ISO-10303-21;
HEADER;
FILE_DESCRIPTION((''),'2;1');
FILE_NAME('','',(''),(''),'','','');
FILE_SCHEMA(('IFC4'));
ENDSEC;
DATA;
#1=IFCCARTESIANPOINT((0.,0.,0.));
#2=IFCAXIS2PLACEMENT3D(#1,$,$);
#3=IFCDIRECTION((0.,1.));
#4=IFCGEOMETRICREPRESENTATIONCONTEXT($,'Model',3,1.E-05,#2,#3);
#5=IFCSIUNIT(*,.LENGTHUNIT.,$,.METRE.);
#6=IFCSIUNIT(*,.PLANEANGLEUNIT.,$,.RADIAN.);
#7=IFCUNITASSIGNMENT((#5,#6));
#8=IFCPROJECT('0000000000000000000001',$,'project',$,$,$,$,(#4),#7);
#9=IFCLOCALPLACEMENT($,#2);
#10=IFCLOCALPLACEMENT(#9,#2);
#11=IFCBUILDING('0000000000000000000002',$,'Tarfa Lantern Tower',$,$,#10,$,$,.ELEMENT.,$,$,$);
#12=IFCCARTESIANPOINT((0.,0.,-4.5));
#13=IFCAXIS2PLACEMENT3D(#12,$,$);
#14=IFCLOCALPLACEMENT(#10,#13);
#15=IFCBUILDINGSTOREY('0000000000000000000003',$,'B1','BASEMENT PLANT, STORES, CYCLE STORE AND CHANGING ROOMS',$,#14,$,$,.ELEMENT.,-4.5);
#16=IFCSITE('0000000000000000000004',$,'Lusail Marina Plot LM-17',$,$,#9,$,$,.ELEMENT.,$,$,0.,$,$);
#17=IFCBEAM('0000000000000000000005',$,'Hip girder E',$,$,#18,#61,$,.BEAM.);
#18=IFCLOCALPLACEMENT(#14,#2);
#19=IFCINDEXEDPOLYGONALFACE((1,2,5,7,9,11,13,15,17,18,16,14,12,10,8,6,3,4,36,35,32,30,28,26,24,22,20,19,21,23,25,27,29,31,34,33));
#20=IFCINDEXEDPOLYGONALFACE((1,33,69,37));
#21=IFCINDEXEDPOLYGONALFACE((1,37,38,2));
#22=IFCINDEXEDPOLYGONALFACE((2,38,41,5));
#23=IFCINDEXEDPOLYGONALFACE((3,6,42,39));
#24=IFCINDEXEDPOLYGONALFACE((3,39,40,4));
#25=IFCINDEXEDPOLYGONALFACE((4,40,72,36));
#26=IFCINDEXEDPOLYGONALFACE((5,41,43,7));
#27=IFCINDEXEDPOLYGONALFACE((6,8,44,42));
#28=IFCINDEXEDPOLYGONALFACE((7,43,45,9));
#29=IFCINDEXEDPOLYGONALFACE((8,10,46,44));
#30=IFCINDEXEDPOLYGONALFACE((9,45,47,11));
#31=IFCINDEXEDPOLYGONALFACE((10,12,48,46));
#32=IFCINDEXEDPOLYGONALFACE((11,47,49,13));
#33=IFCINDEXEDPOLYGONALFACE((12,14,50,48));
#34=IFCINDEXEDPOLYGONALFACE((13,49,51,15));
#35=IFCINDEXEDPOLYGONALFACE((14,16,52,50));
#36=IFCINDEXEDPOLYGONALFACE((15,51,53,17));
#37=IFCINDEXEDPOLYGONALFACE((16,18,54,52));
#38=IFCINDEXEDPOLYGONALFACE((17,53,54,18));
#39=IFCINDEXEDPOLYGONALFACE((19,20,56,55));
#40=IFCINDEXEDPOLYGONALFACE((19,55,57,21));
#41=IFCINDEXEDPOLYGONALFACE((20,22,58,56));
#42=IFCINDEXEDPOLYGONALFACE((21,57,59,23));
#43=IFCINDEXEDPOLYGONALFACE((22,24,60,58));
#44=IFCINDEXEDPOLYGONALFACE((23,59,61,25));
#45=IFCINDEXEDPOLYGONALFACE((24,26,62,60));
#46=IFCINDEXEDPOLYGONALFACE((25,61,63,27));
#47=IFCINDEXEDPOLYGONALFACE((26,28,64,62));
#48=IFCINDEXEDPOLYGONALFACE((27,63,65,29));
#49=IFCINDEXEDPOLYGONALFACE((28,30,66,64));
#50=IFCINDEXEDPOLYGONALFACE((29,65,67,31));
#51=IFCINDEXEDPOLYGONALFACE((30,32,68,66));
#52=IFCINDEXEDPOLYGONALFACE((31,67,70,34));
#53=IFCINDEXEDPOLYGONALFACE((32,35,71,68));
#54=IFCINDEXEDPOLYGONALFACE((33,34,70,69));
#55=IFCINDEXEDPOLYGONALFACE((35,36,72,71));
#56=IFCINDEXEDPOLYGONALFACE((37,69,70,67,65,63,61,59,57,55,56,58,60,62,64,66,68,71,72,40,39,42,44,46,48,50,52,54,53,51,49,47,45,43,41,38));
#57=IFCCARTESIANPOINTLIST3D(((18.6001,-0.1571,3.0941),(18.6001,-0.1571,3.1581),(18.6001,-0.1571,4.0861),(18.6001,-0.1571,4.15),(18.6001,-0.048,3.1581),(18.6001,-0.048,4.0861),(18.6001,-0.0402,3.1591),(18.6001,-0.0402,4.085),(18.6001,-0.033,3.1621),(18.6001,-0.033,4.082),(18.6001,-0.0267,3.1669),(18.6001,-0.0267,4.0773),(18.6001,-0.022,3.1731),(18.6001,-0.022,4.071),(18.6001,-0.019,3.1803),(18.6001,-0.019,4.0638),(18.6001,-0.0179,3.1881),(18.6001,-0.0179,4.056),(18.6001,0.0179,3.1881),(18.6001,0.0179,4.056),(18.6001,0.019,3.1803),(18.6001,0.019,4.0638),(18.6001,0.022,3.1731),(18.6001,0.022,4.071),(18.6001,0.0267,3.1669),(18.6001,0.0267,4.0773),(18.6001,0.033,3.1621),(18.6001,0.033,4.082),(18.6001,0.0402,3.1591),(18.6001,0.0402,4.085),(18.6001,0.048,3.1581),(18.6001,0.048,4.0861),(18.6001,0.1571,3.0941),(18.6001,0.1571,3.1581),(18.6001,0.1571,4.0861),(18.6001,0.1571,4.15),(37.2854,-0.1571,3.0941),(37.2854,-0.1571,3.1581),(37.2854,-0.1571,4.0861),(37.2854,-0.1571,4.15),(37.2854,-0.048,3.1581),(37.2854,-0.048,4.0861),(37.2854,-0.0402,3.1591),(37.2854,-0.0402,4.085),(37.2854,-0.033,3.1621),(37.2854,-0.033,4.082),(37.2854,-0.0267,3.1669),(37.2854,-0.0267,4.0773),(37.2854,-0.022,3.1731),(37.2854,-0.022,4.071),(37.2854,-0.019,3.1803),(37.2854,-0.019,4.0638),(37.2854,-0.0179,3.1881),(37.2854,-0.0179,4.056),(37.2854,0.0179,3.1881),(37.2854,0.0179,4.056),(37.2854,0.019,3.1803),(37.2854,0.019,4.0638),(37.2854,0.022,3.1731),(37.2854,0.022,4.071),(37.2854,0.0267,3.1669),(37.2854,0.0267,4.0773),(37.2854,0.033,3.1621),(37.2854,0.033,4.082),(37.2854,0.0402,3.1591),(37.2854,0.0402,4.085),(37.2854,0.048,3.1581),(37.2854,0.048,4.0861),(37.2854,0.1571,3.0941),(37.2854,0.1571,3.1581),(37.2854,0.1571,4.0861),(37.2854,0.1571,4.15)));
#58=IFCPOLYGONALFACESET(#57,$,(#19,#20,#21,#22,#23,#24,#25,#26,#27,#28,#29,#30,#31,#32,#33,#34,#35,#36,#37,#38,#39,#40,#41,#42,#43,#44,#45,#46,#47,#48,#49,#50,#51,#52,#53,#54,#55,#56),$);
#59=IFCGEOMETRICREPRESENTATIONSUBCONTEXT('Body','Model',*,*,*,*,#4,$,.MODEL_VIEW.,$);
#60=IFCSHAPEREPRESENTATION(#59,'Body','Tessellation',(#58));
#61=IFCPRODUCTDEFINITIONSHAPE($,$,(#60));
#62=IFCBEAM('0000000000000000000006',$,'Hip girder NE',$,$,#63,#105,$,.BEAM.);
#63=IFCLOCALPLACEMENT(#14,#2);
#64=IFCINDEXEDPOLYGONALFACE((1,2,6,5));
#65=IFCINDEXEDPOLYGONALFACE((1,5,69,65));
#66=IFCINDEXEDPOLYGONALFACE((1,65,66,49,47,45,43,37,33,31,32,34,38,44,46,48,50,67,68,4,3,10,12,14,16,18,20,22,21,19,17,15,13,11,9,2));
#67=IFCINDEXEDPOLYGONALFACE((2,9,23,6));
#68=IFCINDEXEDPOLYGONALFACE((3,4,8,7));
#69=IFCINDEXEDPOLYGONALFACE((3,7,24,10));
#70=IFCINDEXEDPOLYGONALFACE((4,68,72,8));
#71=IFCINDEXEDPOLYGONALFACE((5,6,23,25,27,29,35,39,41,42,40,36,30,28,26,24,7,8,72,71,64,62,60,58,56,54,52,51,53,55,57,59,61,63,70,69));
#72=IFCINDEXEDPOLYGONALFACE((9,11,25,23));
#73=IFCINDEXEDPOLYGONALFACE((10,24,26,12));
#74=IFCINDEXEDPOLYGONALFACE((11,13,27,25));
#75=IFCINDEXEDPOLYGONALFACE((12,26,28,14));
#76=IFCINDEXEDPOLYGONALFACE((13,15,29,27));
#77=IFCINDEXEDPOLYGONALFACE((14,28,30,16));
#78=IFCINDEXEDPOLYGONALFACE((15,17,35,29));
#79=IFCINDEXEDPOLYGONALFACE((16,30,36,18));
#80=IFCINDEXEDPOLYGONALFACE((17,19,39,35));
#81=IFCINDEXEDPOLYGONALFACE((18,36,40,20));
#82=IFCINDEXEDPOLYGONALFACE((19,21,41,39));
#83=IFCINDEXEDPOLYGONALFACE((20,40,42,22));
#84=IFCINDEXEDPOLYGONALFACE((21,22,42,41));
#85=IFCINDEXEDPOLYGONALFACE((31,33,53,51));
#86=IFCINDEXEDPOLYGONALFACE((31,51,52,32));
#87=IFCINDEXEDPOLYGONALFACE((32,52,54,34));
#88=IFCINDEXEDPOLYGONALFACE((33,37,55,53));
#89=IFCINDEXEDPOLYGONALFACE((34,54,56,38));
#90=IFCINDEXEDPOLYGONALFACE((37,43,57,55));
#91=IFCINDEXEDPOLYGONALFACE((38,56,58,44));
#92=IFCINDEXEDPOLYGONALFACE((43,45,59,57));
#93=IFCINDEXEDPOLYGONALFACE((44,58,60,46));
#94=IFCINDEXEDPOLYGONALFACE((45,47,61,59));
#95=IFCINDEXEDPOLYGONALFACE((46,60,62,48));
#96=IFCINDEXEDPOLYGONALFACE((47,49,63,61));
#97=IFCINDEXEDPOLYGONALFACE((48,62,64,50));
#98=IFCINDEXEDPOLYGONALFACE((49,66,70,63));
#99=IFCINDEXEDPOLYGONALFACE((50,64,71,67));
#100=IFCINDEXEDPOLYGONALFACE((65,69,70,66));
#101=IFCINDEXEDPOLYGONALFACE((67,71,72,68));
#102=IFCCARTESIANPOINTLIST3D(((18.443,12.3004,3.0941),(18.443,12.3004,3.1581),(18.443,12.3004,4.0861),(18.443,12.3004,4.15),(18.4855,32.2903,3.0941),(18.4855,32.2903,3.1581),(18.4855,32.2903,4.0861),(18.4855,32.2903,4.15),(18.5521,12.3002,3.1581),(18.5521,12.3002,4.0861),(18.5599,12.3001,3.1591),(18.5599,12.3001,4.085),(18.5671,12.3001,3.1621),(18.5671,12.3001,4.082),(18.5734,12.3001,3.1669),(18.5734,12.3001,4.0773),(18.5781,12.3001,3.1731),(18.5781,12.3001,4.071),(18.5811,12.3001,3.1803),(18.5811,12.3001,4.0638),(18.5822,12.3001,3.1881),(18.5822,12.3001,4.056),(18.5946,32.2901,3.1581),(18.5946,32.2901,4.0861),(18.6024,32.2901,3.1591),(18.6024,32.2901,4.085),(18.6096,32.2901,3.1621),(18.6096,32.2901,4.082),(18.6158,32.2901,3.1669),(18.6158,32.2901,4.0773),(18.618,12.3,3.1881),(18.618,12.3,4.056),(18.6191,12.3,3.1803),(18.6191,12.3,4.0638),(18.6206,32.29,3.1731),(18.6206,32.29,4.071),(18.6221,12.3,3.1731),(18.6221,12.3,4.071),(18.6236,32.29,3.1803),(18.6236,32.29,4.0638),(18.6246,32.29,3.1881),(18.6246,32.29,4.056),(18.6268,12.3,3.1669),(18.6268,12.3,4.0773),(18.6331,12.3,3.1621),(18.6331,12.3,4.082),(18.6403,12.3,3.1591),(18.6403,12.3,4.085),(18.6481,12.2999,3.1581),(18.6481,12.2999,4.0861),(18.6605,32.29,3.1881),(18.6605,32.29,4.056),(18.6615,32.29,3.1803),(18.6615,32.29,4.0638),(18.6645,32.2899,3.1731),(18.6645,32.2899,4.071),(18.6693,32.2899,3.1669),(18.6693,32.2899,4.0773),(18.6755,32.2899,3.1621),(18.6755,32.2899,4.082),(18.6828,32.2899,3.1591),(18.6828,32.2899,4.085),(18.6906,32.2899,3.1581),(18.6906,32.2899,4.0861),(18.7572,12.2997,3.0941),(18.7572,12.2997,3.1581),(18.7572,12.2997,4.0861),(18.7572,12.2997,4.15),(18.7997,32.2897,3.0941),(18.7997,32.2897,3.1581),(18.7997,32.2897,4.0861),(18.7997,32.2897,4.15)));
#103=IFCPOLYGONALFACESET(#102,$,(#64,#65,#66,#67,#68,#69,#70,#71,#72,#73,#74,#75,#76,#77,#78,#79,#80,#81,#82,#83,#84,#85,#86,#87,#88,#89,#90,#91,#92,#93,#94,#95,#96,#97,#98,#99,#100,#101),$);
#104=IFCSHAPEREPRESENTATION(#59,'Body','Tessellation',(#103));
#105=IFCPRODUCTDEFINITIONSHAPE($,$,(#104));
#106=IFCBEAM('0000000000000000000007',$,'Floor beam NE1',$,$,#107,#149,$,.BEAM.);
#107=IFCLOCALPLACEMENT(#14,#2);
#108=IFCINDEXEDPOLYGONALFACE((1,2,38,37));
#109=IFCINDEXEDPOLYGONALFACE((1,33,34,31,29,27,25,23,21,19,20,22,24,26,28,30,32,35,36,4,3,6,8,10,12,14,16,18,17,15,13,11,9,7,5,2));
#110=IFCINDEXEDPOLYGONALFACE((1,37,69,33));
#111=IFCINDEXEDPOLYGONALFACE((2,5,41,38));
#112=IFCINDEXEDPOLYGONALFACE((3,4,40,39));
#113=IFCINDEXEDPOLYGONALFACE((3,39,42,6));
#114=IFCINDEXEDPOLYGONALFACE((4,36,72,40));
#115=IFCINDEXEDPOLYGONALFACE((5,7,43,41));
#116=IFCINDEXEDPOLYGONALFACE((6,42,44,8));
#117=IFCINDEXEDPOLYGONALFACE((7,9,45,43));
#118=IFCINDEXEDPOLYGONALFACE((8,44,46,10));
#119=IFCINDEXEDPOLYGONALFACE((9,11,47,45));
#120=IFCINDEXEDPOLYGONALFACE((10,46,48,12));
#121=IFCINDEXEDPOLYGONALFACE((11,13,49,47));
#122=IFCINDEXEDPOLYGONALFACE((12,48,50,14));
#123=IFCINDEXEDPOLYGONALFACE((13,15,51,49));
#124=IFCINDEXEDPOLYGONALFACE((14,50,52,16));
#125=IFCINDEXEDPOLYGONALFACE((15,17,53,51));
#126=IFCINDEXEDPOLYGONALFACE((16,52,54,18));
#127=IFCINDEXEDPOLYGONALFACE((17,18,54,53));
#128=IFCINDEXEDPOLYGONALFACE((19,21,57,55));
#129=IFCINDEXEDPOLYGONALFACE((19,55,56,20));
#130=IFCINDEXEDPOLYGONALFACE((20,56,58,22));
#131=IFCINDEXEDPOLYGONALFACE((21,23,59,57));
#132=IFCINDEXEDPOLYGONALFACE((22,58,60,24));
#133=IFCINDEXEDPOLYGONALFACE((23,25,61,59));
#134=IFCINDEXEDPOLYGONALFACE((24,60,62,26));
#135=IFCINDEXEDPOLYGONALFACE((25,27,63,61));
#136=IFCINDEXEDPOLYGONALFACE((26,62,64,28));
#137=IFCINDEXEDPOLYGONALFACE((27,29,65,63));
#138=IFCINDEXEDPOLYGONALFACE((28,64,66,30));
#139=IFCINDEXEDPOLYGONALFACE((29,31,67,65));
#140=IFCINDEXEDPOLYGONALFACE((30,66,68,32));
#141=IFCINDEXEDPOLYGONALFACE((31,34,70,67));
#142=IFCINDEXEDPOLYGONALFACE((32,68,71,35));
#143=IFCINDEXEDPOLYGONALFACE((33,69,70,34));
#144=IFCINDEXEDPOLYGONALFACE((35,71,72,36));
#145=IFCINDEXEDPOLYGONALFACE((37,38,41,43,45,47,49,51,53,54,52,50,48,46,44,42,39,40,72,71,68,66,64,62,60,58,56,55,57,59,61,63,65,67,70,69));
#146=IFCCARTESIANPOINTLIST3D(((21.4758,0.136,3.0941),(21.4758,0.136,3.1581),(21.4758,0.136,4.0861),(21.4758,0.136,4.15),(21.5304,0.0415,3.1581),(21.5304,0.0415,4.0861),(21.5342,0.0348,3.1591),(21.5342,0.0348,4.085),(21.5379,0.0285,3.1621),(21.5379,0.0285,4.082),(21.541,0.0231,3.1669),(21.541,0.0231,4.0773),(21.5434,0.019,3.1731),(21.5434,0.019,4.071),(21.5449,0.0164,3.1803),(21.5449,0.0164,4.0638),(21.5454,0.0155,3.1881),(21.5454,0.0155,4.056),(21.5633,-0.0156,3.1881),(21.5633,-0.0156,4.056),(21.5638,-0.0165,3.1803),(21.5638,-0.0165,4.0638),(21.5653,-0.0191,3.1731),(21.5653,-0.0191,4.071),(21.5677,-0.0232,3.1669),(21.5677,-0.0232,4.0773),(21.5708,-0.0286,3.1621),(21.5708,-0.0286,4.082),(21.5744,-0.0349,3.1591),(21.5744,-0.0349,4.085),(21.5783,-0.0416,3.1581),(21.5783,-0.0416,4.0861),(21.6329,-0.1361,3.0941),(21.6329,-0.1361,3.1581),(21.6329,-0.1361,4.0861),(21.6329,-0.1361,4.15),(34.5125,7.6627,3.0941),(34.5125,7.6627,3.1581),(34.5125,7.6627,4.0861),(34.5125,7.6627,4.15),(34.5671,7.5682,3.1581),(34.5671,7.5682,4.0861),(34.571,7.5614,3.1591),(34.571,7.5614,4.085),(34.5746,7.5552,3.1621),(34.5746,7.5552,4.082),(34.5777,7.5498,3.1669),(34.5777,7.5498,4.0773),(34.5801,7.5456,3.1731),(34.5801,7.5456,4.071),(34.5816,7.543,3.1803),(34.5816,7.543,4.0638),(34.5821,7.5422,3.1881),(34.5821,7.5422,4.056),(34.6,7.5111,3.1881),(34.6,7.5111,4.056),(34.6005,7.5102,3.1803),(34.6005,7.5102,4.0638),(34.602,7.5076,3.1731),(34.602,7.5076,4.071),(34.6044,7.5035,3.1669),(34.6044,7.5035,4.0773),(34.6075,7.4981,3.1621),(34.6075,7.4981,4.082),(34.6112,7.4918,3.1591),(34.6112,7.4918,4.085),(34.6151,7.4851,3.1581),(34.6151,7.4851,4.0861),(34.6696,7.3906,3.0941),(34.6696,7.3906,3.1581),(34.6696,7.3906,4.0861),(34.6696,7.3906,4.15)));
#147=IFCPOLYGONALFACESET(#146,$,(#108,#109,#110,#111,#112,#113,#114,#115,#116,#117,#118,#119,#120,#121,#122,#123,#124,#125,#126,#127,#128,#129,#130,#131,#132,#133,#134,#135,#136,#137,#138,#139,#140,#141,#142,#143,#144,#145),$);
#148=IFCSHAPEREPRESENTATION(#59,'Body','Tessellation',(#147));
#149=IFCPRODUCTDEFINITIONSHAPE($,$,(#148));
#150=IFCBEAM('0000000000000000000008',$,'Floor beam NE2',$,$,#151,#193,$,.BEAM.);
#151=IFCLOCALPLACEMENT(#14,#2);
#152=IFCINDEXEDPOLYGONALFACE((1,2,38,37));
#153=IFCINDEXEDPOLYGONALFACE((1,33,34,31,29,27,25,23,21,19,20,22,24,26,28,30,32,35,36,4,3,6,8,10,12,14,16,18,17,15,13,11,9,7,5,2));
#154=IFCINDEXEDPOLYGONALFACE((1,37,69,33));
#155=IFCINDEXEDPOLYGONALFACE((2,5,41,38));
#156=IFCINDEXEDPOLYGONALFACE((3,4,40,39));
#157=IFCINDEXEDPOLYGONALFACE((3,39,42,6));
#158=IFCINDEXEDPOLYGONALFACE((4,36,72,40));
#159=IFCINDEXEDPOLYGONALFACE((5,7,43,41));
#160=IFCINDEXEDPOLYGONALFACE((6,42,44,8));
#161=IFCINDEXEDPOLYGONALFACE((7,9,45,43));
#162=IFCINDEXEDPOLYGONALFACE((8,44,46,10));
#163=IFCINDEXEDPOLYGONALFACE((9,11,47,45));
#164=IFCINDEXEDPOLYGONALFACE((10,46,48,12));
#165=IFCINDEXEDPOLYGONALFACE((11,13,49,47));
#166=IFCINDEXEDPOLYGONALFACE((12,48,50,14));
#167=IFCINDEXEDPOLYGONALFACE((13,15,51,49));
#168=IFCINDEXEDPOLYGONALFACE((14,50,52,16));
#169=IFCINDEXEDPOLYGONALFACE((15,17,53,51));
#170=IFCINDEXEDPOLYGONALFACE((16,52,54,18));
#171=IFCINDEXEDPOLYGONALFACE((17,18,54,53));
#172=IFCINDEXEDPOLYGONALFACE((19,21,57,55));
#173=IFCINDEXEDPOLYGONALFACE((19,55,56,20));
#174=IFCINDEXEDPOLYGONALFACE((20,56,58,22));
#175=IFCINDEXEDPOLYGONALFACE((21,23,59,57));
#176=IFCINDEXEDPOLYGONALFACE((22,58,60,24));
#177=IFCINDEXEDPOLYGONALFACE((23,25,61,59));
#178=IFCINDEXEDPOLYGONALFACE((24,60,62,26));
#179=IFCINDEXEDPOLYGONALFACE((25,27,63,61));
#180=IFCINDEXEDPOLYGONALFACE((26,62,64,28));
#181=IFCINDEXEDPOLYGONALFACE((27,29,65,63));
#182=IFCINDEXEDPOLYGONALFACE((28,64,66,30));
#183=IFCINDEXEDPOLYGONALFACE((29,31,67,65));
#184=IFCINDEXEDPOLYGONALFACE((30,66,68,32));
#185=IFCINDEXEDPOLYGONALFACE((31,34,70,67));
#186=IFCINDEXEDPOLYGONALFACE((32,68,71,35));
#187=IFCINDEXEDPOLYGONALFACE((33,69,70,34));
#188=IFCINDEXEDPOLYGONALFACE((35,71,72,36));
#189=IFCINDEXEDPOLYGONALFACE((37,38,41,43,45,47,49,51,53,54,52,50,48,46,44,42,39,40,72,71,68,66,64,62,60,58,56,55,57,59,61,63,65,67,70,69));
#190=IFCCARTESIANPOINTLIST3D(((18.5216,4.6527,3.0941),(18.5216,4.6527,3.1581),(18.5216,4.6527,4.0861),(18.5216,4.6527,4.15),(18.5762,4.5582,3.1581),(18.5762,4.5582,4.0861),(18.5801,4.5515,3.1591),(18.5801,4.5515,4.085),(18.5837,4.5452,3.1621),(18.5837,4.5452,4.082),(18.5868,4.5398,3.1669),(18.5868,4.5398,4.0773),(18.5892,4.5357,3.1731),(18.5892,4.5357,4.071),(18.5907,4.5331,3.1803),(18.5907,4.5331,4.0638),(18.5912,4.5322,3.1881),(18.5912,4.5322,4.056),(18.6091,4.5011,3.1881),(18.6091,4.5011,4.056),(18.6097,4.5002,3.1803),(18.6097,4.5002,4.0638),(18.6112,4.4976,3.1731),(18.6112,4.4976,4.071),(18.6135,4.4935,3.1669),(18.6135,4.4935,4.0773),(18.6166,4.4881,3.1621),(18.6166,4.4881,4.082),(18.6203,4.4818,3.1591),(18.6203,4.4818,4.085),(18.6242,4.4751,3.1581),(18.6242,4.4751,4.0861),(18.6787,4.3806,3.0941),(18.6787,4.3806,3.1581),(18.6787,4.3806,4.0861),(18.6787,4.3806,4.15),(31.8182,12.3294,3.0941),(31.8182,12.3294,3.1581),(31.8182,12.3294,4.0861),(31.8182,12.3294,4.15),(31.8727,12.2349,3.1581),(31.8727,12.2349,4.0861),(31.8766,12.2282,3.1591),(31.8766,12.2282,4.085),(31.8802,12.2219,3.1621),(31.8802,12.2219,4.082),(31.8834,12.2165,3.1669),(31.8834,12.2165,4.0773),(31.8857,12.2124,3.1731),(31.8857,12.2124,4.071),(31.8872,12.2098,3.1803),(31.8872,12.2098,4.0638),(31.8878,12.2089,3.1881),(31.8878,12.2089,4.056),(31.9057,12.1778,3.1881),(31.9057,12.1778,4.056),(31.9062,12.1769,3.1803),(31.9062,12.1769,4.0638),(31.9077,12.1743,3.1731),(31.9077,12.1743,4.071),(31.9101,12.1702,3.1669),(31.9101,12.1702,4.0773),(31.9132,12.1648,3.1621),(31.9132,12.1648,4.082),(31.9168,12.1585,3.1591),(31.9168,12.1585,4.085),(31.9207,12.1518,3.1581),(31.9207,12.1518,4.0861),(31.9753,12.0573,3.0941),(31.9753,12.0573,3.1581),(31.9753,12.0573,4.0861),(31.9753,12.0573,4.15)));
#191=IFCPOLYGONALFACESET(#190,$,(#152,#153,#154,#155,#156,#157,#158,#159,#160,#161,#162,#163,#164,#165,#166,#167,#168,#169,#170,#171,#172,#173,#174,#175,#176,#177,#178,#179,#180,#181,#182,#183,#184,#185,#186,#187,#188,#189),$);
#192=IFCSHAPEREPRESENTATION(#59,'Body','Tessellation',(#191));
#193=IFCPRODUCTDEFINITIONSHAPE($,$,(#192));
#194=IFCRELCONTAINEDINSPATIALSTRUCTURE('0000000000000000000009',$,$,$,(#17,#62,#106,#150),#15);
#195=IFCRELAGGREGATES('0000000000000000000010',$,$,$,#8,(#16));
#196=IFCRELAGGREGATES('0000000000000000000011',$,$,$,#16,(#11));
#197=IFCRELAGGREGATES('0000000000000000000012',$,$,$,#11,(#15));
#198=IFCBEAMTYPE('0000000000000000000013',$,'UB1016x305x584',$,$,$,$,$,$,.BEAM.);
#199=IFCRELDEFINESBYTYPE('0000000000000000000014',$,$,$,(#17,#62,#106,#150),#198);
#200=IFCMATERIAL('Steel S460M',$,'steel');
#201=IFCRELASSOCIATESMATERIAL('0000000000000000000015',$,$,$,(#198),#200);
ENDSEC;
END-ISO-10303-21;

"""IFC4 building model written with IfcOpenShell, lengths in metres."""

from ifc_helpers import new_model, si_unit, direction, frame, origin, origin_2d, place, context, subcontext, project, spatial, i_section, extrude, material, material_profile, profile_set, type_object, element, save


model = new_model("IFC4")

# Units and contexts
model_context = context("Model", 3, precision=1e-05, world=origin(), true_north=direction((0.0, 1.0)))
body_context = subcontext(model_context, "Body", "Model", "MODEL_VIEW")
ifc_project = project(units=[si_unit("LENGTHUNIT", "METRE"), si_unit("PLANEANGLEUNIT", "RADIAN")], contexts=[model_context])

# Site, building, storey
site_placement = place(None, origin())
site = spatial("IfcSite", under=ifc_project, at=site_placement, Name="Lusail Marina Plot LM-17", CompositionType="ELEMENT", RefElevation=0.0)
building_placement = place(site_placement, origin())
building = spatial("IfcBuilding", under=site, at=building_placement, Name="Tarfa Lantern Tower", CompositionType="ELEMENT")
storey_placement = place(building_placement, frame((0.0, 0.0, -4.5)))
storey = spatial("IfcBuildingStorey", under=building, at=storey_placement, Name="B1", Description="BASEMENT PLANT, STORES, CYCLE STORE AND CHANGING ROOMS", CompositionType="ELEMENT", Elevation=-4.5)

# Beams
ifc_material_1 = material(Name="Steel S460M", Category="steel")
ifc_material_profile_1 = material_profile(ifc_material_1, i_section(OverallWidth=0.3142, OverallDepth=1.0559, WebThickness=0.0359, FlangeThickness=0.064, FilletRadius=0.03, at=origin_2d()), Name="UB1016x305x584")
ifc_profile_set_1 = profile_set([ifc_material_profile_1], Name="Steel S460M")
beam_type_1 = type_object("IfcBeamType", Name="UB1016x305x584", PredefinedType="BEAM", material=ifc_profile_set_1)
beam_1_placement = place(storey_placement, frame((18.6001, 0.0, 3.6221), z_axis=(1.0, 0.0, 0.0), x_axis=(0.0, 1.0, 0.0)))
element("IfcBeam", 1, at=beam_1_placement, inside=storey, type_object=beam_type_1, Name="Hip girder E", PredefinedType="BEAM", context=body_context, shape_type="SweptSolid", body=[
    extrude(i_section(OverallWidth=0.3142, OverallDepth=1.0559, WebThickness=0.0359, FlangeThickness=0.064, FilletRadius=0.03, at=origin_2d()), origin(), (0.0, 0.0, 1.0), 18.6853),
])
beam_2_placement = place(storey_placement, frame((18.6001, 12.3, 3.6221), z_axis=(0.002125, 0.999998, 0.0), x_axis=(-0.999998, 0.002125, 0.0)))
element("IfcBeam", 2, at=beam_2_placement, inside=storey, type_object=beam_type_1, Name="Hip girder NE", PredefinedType="BEAM", context=body_context, shape_type="SweptSolid", body=[
    extrude(i_section(OverallWidth=0.3142, OverallDepth=1.0559, WebThickness=0.0359, FlangeThickness=0.064, FilletRadius=0.03, at=origin_2d()), origin(), (0.0, 0.0, 1.0), 19.99),
])
beam_3_placement = place(storey_placement, frame((34.5911, 7.5266, 3.6221), z_axis=(-0.866028, -0.499996, 0.0), x_axis=(0.499996, -0.866028, 0.0)))
element("IfcBeam", 3, at=beam_3_placement, inside=storey, type_object=beam_type_1, Name="Floor beam NE1", PredefinedType="BEAM", context=body_context, shape_type="SweptSolid", body=[
    extrude(i_section(OverallWidth=0.3142, OverallDepth=1.0559, WebThickness=0.0359, FlangeThickness=0.064, FilletRadius=0.03, at=origin_2d()), origin(), (0.0, 0.0, 1.0), 15.0535),
])
beam_4_placement = place(storey_placement, frame((31.8967, 12.1934, 3.6221), z_axis=(-0.866027, -0.499997, 0.0), x_axis=(0.499997, -0.866027, 0.0)))
element("IfcBeam", 4, at=beam_4_placement, inside=storey, type_object=beam_type_1, Name="Floor beam NE2", PredefinedType="BEAM", context=body_context, shape_type="SweptSolid", body=[
    extrude(i_section(OverallWidth=0.3142, OverallDepth=1.0559, WebThickness=0.0359, FlangeThickness=0.064, FilletRadius=0.03, at=origin_2d()), origin(), (0.0, 0.0, 1.0), 15.3535),
])

save(model, "model.ifc")
